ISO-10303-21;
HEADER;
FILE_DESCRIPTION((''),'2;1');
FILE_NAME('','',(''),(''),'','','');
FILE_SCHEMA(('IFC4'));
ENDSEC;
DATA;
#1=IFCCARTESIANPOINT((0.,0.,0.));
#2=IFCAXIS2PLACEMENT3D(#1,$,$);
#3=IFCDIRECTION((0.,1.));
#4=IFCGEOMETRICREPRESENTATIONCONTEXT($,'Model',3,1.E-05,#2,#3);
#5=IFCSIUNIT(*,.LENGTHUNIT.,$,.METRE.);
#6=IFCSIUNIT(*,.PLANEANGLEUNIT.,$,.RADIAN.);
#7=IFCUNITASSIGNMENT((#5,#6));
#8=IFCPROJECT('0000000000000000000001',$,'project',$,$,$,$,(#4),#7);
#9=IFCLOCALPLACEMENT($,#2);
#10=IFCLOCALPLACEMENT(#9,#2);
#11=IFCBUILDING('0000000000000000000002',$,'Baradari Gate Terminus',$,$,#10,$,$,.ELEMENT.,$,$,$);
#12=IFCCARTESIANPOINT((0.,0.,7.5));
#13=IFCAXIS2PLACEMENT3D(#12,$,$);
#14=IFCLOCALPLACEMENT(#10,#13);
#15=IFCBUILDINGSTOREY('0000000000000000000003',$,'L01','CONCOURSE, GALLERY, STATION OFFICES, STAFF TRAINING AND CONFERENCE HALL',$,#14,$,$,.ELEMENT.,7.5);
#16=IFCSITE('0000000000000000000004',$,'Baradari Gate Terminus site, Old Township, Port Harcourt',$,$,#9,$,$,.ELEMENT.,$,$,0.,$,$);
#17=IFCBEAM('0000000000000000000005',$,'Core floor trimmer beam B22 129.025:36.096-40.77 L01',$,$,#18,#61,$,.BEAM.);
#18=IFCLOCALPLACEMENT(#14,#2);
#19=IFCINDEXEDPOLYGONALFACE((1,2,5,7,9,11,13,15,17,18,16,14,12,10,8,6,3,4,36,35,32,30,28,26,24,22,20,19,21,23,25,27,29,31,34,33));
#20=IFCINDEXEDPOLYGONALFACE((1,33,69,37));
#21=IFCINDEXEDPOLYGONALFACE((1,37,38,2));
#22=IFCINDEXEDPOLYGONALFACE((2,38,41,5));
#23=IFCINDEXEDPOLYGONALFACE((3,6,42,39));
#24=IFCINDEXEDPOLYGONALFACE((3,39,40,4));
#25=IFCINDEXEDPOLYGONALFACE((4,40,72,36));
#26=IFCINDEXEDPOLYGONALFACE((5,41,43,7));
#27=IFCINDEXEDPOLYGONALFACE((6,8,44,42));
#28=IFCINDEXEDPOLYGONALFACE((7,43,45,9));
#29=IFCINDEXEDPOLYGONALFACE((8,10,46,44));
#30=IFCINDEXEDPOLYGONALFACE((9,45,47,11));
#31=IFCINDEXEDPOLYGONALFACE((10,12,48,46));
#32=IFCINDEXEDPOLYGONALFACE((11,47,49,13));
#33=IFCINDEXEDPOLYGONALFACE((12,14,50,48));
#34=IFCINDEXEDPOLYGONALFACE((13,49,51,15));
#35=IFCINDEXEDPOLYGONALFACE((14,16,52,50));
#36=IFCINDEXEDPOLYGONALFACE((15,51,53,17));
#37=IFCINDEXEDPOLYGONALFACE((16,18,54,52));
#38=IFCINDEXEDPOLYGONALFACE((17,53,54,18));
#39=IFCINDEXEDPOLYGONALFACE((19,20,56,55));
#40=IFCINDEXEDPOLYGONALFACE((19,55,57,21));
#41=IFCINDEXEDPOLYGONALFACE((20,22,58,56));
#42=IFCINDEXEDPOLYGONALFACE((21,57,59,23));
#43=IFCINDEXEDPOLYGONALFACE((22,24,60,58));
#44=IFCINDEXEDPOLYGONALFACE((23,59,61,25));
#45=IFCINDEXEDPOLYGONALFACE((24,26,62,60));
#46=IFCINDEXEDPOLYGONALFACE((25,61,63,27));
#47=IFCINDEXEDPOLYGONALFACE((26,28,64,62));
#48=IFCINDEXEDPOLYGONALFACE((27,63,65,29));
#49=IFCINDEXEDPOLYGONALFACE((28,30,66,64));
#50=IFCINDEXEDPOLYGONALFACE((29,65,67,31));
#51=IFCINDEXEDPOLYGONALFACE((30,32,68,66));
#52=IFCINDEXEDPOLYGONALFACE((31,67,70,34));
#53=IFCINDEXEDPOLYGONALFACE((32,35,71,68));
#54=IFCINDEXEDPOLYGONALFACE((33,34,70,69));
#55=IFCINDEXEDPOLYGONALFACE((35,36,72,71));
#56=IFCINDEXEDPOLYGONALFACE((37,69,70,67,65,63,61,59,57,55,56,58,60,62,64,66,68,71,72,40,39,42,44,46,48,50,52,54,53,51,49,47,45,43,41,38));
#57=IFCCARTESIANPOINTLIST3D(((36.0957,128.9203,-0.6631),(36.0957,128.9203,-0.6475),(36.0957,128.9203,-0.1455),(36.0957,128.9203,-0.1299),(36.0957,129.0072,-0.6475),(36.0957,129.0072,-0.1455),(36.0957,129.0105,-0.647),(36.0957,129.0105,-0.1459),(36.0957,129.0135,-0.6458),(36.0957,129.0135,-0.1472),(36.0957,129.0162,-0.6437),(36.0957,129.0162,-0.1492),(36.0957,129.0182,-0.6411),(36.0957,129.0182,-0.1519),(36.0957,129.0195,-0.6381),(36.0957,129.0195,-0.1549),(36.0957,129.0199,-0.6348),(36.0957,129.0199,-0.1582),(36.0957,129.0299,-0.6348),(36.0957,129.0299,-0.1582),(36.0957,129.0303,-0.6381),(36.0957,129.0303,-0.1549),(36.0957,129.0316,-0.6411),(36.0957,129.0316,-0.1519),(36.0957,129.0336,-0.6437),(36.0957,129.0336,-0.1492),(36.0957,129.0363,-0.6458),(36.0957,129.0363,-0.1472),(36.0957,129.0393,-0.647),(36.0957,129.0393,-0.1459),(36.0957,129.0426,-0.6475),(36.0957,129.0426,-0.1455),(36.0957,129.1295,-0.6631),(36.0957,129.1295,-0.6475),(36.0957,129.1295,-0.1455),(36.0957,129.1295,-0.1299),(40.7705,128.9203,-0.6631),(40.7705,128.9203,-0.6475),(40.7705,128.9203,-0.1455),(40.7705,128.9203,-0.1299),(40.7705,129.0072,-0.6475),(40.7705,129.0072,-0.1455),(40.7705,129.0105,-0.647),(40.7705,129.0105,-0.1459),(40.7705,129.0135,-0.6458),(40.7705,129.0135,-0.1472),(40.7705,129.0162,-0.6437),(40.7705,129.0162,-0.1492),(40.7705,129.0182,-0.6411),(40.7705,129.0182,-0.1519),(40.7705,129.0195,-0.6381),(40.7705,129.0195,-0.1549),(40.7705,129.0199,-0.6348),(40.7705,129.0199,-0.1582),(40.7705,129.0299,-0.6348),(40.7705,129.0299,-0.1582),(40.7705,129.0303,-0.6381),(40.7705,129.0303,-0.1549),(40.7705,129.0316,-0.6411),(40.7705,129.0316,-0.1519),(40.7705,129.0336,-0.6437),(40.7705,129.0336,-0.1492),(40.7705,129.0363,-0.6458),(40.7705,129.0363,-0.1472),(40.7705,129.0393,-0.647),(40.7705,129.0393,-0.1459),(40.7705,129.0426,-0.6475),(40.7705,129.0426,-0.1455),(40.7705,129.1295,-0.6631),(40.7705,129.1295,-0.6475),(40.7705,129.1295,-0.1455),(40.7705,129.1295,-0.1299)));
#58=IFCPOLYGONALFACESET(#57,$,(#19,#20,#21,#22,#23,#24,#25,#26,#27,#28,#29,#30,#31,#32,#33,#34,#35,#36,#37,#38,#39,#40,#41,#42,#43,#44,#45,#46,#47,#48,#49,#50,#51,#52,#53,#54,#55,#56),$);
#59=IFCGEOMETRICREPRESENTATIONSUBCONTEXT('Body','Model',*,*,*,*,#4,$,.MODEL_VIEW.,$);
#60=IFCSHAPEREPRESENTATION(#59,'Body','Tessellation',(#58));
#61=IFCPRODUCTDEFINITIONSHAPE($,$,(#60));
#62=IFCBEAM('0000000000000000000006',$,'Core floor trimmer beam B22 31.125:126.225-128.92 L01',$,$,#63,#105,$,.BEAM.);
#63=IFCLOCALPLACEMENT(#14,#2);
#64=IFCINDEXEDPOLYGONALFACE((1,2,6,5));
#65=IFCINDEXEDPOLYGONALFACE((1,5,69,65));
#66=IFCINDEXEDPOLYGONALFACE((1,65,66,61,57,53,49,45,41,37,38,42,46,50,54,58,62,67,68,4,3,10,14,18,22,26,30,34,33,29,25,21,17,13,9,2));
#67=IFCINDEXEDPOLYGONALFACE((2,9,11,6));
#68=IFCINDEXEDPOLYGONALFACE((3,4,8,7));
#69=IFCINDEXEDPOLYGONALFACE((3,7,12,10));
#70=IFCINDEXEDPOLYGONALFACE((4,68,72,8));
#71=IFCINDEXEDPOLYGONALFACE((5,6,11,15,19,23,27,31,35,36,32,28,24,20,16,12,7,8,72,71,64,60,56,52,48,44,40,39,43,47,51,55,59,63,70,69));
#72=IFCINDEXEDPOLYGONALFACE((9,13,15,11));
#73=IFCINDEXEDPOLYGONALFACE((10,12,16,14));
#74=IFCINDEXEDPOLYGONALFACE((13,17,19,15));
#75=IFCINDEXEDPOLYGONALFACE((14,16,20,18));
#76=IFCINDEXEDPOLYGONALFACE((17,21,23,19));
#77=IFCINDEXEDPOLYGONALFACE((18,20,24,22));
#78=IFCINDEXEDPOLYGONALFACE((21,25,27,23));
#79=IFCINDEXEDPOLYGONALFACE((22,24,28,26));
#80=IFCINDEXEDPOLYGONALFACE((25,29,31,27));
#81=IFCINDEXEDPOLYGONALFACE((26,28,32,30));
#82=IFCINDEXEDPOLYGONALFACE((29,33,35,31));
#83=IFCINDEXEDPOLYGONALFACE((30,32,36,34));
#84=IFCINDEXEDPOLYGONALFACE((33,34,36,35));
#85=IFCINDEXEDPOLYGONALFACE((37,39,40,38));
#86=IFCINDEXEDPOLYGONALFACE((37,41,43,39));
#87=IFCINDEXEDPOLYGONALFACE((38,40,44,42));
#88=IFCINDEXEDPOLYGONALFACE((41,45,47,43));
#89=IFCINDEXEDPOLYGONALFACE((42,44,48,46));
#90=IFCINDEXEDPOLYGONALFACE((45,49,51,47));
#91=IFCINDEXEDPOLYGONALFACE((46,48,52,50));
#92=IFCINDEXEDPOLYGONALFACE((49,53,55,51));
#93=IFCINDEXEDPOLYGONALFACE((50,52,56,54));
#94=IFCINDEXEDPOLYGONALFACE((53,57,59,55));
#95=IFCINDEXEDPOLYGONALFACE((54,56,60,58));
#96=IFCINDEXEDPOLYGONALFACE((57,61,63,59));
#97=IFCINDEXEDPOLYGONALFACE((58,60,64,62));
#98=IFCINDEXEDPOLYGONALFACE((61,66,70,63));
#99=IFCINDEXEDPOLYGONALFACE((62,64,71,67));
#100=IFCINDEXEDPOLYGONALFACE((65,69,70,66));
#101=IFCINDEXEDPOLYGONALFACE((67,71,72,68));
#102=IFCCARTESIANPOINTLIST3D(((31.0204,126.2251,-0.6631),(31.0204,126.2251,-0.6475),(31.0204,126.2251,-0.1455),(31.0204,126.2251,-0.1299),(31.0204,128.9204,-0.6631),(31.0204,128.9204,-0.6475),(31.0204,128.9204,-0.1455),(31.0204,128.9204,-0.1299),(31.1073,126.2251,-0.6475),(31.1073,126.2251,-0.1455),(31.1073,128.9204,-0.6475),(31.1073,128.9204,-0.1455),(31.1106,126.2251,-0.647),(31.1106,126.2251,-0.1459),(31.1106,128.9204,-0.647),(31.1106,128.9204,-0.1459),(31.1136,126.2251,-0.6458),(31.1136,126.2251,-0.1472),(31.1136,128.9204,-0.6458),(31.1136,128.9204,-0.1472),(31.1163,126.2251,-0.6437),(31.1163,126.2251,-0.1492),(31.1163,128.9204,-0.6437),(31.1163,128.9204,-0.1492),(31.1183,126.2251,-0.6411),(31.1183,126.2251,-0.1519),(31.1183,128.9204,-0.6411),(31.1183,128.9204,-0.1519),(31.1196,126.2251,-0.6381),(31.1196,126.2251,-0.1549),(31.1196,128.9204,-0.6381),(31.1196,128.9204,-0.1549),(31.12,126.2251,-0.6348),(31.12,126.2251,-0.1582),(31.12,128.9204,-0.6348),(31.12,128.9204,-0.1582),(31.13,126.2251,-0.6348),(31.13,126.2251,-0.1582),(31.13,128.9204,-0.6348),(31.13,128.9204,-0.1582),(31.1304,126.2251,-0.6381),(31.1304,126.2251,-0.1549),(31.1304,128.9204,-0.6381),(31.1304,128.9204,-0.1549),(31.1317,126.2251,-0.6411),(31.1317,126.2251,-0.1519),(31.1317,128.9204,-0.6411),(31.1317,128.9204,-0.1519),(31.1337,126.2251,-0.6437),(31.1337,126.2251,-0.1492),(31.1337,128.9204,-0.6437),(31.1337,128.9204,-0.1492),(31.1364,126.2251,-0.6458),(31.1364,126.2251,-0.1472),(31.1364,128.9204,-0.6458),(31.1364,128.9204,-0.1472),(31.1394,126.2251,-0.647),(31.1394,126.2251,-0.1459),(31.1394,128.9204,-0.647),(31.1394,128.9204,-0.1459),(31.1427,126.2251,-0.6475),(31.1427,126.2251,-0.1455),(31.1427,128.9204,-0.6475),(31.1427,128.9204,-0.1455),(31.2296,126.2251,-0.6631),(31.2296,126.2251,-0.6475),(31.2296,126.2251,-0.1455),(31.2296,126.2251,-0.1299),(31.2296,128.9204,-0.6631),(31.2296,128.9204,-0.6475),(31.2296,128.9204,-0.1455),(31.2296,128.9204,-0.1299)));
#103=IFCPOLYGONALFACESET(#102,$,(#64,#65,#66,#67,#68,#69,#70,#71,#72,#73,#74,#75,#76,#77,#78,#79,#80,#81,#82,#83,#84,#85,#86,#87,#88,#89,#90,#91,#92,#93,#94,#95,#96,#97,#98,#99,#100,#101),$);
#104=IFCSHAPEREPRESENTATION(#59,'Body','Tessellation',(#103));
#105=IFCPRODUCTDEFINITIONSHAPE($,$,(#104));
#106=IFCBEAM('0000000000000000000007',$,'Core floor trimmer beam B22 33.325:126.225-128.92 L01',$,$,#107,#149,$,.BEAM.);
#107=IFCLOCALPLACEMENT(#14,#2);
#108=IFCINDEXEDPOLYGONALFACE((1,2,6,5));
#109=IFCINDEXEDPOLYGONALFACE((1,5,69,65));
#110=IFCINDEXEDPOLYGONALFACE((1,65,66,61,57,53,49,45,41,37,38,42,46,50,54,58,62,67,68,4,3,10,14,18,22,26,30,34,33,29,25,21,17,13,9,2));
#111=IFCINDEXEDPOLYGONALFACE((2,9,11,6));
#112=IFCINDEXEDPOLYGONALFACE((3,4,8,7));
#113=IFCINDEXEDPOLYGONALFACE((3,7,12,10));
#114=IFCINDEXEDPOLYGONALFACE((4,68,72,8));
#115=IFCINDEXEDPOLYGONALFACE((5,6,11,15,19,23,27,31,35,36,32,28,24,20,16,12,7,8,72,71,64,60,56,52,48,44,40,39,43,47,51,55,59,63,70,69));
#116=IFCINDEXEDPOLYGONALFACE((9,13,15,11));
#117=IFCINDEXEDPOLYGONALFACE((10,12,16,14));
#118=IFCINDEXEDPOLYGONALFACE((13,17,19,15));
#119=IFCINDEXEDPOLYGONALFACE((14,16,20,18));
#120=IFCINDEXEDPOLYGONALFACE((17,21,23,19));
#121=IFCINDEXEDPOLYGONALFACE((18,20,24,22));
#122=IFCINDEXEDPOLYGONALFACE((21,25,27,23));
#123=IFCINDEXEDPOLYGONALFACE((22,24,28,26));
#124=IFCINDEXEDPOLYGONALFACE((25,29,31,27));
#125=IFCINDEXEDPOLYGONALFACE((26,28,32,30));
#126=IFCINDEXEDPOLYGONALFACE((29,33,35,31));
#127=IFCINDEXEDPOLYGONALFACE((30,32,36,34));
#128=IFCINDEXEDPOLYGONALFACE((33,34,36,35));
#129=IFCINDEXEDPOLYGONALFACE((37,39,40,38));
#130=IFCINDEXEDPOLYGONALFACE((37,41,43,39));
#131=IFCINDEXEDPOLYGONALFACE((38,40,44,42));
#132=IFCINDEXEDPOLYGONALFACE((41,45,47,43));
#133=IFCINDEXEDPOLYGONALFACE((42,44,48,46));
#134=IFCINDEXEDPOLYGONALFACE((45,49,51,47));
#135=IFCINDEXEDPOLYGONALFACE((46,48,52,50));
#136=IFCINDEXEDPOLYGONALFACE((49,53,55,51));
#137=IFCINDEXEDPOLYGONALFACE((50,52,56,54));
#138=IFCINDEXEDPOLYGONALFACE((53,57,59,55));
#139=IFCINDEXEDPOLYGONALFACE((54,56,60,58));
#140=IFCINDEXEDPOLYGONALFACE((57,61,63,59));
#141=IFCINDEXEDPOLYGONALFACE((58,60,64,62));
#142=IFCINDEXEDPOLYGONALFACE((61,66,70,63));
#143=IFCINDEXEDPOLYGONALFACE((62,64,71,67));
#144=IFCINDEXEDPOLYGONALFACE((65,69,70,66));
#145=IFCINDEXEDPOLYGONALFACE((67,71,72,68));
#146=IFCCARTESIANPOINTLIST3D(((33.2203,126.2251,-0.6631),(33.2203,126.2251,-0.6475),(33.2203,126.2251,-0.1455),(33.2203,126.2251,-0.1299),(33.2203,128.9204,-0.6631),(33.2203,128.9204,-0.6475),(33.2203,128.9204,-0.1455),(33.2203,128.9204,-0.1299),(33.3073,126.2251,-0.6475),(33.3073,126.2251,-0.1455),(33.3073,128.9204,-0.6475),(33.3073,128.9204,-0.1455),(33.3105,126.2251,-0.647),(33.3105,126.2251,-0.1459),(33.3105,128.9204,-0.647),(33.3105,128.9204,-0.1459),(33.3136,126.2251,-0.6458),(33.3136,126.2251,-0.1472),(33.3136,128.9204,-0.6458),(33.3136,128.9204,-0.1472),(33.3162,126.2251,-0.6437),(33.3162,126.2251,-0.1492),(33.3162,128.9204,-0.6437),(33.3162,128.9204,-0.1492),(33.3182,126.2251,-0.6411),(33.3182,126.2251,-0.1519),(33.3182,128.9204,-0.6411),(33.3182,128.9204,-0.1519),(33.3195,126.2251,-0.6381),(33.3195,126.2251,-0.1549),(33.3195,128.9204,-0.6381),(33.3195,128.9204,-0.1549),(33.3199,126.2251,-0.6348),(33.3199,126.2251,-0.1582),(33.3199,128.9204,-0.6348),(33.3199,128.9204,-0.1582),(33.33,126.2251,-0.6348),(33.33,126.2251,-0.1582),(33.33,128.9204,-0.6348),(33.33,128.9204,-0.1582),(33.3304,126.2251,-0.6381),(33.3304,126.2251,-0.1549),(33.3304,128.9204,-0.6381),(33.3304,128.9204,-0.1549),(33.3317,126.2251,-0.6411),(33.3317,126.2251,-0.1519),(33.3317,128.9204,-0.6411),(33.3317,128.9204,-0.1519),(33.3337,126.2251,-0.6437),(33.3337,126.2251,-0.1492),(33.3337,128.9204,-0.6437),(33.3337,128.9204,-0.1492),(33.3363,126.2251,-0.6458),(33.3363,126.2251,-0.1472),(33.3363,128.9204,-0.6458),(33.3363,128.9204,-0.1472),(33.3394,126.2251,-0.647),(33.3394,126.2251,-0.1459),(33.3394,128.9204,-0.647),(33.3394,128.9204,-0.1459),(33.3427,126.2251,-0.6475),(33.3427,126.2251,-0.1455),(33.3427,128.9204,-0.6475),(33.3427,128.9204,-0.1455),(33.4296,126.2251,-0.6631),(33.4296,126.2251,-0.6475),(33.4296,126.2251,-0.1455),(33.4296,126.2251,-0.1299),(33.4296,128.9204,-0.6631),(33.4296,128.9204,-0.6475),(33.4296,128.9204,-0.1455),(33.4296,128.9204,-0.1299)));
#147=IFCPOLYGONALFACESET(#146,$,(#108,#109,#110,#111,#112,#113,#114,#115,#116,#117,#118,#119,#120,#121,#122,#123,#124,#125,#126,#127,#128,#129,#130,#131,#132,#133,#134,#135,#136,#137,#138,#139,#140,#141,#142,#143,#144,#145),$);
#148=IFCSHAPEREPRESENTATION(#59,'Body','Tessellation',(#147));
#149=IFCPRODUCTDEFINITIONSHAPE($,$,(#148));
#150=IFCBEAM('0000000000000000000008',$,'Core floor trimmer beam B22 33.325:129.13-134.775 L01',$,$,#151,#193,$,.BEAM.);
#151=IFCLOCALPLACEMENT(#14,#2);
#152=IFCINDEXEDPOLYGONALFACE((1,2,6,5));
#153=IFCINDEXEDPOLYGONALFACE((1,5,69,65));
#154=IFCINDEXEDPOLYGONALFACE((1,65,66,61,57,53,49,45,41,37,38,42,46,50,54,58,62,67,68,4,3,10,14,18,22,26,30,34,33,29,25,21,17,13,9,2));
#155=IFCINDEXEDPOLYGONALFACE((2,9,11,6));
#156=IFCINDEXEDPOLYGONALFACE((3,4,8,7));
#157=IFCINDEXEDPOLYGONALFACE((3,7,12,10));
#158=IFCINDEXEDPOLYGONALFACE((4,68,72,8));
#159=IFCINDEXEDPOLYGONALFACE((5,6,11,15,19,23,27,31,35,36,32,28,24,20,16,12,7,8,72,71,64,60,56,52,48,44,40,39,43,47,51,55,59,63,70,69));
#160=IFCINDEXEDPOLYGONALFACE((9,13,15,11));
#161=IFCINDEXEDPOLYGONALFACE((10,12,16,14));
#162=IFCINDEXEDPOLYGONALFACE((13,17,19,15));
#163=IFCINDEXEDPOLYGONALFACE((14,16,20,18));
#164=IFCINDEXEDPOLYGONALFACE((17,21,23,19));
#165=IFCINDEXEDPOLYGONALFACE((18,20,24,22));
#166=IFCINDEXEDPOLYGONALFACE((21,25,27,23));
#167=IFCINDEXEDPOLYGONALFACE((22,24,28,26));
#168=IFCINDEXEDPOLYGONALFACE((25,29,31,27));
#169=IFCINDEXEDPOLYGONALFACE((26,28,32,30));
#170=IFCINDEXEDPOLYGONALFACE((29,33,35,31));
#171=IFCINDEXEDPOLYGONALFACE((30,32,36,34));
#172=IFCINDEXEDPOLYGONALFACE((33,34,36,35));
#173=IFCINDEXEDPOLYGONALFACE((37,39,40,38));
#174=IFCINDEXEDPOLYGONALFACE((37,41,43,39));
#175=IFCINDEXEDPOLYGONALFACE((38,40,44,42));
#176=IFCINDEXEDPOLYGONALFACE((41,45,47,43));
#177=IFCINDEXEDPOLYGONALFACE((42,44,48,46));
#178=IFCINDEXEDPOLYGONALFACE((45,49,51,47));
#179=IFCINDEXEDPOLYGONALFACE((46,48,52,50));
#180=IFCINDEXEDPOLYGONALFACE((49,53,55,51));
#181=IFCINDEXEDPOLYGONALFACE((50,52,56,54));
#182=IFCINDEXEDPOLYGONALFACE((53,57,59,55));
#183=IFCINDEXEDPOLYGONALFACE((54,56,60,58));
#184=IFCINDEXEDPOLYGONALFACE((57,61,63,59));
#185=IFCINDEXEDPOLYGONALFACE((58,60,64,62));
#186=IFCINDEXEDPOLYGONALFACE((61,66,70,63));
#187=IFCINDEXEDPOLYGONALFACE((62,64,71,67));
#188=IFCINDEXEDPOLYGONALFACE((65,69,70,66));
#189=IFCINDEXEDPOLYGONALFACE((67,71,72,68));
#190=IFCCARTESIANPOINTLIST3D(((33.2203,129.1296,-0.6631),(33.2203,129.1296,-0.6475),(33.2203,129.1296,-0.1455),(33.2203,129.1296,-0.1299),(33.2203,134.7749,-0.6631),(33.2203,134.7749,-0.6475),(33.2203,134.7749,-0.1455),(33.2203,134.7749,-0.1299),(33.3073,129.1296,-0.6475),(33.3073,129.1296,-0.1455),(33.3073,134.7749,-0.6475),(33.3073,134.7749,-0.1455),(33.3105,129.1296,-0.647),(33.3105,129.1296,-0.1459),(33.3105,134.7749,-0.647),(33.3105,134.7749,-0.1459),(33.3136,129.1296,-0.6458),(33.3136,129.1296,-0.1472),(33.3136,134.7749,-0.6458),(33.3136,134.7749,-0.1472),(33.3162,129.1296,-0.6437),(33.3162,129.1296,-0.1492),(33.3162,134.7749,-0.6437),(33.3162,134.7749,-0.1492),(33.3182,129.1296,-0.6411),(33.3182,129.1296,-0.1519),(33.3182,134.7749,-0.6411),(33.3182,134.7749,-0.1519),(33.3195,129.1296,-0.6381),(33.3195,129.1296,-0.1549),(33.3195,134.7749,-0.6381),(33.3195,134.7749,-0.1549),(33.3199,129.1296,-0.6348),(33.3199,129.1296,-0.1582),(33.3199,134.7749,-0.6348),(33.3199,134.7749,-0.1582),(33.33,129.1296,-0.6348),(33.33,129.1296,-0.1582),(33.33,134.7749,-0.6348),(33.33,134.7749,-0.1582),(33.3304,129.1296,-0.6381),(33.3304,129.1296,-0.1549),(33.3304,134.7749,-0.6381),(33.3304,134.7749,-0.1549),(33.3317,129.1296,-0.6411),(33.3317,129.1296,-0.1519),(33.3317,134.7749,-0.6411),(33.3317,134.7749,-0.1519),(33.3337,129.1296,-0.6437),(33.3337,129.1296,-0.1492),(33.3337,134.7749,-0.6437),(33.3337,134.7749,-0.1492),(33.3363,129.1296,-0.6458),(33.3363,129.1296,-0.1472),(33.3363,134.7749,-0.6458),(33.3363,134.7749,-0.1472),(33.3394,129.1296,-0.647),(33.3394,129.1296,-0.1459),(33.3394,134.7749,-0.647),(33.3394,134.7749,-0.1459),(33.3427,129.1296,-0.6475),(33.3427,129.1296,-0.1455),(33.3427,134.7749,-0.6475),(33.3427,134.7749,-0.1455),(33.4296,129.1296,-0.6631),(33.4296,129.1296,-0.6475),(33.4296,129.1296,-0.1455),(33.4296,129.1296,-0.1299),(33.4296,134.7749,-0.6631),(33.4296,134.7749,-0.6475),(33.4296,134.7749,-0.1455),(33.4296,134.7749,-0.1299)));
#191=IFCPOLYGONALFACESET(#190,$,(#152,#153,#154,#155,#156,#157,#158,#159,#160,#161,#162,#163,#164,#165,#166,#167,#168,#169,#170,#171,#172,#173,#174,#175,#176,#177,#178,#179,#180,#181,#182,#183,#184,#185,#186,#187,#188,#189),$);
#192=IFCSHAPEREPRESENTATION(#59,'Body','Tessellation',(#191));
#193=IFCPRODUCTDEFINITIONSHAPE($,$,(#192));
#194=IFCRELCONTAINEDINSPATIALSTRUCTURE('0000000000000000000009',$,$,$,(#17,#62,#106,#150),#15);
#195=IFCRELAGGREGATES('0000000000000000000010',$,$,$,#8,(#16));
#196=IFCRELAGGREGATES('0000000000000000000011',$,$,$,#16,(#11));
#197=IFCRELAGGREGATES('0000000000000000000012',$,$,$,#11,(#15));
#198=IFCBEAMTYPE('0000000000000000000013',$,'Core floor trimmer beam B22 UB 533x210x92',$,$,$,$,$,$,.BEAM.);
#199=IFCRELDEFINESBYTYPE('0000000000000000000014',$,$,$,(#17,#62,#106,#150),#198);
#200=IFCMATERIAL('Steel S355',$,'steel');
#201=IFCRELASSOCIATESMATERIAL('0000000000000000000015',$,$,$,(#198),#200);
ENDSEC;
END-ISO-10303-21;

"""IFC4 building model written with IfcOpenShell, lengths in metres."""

from ifc_helpers import new_model, si_unit, direction, frame, origin, origin_2d, place, context, subcontext, project, spatial, i_section, extrude, material, material_profile, profile_set, type_object, element, save


model = new_model("IFC4")

# Units and contexts
model_context = context("Model", 3, precision=1e-05, world=origin(), true_north=direction((0.0, 1.0)))
body_context = subcontext(model_context, "Body", "Model", "MODEL_VIEW")
ifc_project = project(units=[si_unit("LENGTHUNIT", "METRE"), si_unit("PLANEANGLEUNIT", "RADIAN")], contexts=[model_context])

# Site, building, storey
site_placement = place(None, origin())
site = spatial("IfcSite", under=ifc_project, at=site_placement, Name="Baradari Gate Terminus site, Old Township, Port Harcourt", CompositionType="ELEMENT", RefElevation=0.0)
building_placement = place(site_placement, origin())
building = spatial("IfcBuilding", under=site, at=building_placement, Name="Baradari Gate Terminus", CompositionType="ELEMENT")
storey_placement = place(building_placement, frame((0.0, 0.0, 7.5)))
storey = spatial("IfcBuildingStorey", under=building, at=storey_placement, Name="L01", Description="CONCOURSE, GALLERY, STATION OFFICES, STAFF TRAINING AND CONFERENCE HALL", CompositionType="ELEMENT", Elevation=7.5)

# Beams
ifc_material_1 = material(Name="Steel S355", Category="steel")
ifc_material_profile_1 = material_profile(ifc_material_1, i_section(OverallWidth=0.2092, OverallDepth=0.5332, WebThickness=0.01, FlangeThickness=0.0156, FilletRadius=0.0127, at=origin_2d()), Name="UB 533x210x92")
ifc_profile_set_1 = profile_set([ifc_material_profile_1], Name="Steel S355")
beam_type_1 = type_object("IfcBeamType", Name="Core floor trimmer beam B22 UB 533x210x92", PredefinedType="BEAM", material=ifc_profile_set_1)
beam_1_placement = place(storey_placement, frame((36.0957, 129.0249, -0.3965), z_axis=(1.0, 0.0, 0.0), x_axis=(0.0, 1.0, 0.0)))
element("IfcBeam", 1, at=beam_1_placement, inside=storey, type_object=beam_type_1, Name="Core floor trimmer beam B22 129.025:36.096-40.77 L01", PredefinedType="BEAM", context=body_context, shape_type="SweptSolid", body=[
    extrude(i_section(OverallWidth=0.2092, OverallDepth=0.5332, WebThickness=0.01, FlangeThickness=0.0156, FilletRadius=0.0127, at=origin_2d()), origin(), (0.0, 0.0, 1.0), 4.6748),
])
for number, where, z_axis, x_axis, name in (
    (2, (31.125, 126.2251, -0.3965), (0.0, 1.0, 0.0), (-1.0, 0.0, 0.0), "Core floor trimmer beam B22 31.125:126.225-128.92 L01"),
    (3, (33.325, 126.2251, -0.3965), (0.0, 1.0, 0.0), (-1.0, 0.0, 0.0), "Core floor trimmer beam B22 33.325:126.225-128.92 L01"),
):
    element("IfcBeam", number, at=place(storey_placement, frame(where, z_axis=z_axis, x_axis=x_axis)), inside=storey, type_object=beam_type_1, Name=name, PredefinedType="BEAM", context=body_context, shape_type="SweptSolid", body=[
        extrude(i_section(OverallWidth=0.2092, OverallDepth=0.5332, WebThickness=0.01, FlangeThickness=0.0156, FilletRadius=0.0127, at=origin_2d()), origin(), (0.0, 0.0, 1.0), 2.6953),
    ])
beam_2_placement = place(storey_placement, frame((33.325, 129.1296, -0.3965), z_axis=(0.0, 1.0, 0.0), x_axis=(-1.0, 0.0, 0.0)))
element("IfcBeam", 4, at=beam_2_placement, inside=storey, type_object=beam_type_1, Name="Core floor trimmer beam B22 33.325:129.13-134.775 L01", PredefinedType="BEAM", context=body_context, shape_type="SweptSolid", body=[
    extrude(i_section(OverallWidth=0.2092, OverallDepth=0.5332, WebThickness=0.01, FlangeThickness=0.0156, FilletRadius=0.0127, at=origin_2d()), origin(), (0.0, 0.0, 1.0), 5.6453),
])

save(model, "model.ifc")
